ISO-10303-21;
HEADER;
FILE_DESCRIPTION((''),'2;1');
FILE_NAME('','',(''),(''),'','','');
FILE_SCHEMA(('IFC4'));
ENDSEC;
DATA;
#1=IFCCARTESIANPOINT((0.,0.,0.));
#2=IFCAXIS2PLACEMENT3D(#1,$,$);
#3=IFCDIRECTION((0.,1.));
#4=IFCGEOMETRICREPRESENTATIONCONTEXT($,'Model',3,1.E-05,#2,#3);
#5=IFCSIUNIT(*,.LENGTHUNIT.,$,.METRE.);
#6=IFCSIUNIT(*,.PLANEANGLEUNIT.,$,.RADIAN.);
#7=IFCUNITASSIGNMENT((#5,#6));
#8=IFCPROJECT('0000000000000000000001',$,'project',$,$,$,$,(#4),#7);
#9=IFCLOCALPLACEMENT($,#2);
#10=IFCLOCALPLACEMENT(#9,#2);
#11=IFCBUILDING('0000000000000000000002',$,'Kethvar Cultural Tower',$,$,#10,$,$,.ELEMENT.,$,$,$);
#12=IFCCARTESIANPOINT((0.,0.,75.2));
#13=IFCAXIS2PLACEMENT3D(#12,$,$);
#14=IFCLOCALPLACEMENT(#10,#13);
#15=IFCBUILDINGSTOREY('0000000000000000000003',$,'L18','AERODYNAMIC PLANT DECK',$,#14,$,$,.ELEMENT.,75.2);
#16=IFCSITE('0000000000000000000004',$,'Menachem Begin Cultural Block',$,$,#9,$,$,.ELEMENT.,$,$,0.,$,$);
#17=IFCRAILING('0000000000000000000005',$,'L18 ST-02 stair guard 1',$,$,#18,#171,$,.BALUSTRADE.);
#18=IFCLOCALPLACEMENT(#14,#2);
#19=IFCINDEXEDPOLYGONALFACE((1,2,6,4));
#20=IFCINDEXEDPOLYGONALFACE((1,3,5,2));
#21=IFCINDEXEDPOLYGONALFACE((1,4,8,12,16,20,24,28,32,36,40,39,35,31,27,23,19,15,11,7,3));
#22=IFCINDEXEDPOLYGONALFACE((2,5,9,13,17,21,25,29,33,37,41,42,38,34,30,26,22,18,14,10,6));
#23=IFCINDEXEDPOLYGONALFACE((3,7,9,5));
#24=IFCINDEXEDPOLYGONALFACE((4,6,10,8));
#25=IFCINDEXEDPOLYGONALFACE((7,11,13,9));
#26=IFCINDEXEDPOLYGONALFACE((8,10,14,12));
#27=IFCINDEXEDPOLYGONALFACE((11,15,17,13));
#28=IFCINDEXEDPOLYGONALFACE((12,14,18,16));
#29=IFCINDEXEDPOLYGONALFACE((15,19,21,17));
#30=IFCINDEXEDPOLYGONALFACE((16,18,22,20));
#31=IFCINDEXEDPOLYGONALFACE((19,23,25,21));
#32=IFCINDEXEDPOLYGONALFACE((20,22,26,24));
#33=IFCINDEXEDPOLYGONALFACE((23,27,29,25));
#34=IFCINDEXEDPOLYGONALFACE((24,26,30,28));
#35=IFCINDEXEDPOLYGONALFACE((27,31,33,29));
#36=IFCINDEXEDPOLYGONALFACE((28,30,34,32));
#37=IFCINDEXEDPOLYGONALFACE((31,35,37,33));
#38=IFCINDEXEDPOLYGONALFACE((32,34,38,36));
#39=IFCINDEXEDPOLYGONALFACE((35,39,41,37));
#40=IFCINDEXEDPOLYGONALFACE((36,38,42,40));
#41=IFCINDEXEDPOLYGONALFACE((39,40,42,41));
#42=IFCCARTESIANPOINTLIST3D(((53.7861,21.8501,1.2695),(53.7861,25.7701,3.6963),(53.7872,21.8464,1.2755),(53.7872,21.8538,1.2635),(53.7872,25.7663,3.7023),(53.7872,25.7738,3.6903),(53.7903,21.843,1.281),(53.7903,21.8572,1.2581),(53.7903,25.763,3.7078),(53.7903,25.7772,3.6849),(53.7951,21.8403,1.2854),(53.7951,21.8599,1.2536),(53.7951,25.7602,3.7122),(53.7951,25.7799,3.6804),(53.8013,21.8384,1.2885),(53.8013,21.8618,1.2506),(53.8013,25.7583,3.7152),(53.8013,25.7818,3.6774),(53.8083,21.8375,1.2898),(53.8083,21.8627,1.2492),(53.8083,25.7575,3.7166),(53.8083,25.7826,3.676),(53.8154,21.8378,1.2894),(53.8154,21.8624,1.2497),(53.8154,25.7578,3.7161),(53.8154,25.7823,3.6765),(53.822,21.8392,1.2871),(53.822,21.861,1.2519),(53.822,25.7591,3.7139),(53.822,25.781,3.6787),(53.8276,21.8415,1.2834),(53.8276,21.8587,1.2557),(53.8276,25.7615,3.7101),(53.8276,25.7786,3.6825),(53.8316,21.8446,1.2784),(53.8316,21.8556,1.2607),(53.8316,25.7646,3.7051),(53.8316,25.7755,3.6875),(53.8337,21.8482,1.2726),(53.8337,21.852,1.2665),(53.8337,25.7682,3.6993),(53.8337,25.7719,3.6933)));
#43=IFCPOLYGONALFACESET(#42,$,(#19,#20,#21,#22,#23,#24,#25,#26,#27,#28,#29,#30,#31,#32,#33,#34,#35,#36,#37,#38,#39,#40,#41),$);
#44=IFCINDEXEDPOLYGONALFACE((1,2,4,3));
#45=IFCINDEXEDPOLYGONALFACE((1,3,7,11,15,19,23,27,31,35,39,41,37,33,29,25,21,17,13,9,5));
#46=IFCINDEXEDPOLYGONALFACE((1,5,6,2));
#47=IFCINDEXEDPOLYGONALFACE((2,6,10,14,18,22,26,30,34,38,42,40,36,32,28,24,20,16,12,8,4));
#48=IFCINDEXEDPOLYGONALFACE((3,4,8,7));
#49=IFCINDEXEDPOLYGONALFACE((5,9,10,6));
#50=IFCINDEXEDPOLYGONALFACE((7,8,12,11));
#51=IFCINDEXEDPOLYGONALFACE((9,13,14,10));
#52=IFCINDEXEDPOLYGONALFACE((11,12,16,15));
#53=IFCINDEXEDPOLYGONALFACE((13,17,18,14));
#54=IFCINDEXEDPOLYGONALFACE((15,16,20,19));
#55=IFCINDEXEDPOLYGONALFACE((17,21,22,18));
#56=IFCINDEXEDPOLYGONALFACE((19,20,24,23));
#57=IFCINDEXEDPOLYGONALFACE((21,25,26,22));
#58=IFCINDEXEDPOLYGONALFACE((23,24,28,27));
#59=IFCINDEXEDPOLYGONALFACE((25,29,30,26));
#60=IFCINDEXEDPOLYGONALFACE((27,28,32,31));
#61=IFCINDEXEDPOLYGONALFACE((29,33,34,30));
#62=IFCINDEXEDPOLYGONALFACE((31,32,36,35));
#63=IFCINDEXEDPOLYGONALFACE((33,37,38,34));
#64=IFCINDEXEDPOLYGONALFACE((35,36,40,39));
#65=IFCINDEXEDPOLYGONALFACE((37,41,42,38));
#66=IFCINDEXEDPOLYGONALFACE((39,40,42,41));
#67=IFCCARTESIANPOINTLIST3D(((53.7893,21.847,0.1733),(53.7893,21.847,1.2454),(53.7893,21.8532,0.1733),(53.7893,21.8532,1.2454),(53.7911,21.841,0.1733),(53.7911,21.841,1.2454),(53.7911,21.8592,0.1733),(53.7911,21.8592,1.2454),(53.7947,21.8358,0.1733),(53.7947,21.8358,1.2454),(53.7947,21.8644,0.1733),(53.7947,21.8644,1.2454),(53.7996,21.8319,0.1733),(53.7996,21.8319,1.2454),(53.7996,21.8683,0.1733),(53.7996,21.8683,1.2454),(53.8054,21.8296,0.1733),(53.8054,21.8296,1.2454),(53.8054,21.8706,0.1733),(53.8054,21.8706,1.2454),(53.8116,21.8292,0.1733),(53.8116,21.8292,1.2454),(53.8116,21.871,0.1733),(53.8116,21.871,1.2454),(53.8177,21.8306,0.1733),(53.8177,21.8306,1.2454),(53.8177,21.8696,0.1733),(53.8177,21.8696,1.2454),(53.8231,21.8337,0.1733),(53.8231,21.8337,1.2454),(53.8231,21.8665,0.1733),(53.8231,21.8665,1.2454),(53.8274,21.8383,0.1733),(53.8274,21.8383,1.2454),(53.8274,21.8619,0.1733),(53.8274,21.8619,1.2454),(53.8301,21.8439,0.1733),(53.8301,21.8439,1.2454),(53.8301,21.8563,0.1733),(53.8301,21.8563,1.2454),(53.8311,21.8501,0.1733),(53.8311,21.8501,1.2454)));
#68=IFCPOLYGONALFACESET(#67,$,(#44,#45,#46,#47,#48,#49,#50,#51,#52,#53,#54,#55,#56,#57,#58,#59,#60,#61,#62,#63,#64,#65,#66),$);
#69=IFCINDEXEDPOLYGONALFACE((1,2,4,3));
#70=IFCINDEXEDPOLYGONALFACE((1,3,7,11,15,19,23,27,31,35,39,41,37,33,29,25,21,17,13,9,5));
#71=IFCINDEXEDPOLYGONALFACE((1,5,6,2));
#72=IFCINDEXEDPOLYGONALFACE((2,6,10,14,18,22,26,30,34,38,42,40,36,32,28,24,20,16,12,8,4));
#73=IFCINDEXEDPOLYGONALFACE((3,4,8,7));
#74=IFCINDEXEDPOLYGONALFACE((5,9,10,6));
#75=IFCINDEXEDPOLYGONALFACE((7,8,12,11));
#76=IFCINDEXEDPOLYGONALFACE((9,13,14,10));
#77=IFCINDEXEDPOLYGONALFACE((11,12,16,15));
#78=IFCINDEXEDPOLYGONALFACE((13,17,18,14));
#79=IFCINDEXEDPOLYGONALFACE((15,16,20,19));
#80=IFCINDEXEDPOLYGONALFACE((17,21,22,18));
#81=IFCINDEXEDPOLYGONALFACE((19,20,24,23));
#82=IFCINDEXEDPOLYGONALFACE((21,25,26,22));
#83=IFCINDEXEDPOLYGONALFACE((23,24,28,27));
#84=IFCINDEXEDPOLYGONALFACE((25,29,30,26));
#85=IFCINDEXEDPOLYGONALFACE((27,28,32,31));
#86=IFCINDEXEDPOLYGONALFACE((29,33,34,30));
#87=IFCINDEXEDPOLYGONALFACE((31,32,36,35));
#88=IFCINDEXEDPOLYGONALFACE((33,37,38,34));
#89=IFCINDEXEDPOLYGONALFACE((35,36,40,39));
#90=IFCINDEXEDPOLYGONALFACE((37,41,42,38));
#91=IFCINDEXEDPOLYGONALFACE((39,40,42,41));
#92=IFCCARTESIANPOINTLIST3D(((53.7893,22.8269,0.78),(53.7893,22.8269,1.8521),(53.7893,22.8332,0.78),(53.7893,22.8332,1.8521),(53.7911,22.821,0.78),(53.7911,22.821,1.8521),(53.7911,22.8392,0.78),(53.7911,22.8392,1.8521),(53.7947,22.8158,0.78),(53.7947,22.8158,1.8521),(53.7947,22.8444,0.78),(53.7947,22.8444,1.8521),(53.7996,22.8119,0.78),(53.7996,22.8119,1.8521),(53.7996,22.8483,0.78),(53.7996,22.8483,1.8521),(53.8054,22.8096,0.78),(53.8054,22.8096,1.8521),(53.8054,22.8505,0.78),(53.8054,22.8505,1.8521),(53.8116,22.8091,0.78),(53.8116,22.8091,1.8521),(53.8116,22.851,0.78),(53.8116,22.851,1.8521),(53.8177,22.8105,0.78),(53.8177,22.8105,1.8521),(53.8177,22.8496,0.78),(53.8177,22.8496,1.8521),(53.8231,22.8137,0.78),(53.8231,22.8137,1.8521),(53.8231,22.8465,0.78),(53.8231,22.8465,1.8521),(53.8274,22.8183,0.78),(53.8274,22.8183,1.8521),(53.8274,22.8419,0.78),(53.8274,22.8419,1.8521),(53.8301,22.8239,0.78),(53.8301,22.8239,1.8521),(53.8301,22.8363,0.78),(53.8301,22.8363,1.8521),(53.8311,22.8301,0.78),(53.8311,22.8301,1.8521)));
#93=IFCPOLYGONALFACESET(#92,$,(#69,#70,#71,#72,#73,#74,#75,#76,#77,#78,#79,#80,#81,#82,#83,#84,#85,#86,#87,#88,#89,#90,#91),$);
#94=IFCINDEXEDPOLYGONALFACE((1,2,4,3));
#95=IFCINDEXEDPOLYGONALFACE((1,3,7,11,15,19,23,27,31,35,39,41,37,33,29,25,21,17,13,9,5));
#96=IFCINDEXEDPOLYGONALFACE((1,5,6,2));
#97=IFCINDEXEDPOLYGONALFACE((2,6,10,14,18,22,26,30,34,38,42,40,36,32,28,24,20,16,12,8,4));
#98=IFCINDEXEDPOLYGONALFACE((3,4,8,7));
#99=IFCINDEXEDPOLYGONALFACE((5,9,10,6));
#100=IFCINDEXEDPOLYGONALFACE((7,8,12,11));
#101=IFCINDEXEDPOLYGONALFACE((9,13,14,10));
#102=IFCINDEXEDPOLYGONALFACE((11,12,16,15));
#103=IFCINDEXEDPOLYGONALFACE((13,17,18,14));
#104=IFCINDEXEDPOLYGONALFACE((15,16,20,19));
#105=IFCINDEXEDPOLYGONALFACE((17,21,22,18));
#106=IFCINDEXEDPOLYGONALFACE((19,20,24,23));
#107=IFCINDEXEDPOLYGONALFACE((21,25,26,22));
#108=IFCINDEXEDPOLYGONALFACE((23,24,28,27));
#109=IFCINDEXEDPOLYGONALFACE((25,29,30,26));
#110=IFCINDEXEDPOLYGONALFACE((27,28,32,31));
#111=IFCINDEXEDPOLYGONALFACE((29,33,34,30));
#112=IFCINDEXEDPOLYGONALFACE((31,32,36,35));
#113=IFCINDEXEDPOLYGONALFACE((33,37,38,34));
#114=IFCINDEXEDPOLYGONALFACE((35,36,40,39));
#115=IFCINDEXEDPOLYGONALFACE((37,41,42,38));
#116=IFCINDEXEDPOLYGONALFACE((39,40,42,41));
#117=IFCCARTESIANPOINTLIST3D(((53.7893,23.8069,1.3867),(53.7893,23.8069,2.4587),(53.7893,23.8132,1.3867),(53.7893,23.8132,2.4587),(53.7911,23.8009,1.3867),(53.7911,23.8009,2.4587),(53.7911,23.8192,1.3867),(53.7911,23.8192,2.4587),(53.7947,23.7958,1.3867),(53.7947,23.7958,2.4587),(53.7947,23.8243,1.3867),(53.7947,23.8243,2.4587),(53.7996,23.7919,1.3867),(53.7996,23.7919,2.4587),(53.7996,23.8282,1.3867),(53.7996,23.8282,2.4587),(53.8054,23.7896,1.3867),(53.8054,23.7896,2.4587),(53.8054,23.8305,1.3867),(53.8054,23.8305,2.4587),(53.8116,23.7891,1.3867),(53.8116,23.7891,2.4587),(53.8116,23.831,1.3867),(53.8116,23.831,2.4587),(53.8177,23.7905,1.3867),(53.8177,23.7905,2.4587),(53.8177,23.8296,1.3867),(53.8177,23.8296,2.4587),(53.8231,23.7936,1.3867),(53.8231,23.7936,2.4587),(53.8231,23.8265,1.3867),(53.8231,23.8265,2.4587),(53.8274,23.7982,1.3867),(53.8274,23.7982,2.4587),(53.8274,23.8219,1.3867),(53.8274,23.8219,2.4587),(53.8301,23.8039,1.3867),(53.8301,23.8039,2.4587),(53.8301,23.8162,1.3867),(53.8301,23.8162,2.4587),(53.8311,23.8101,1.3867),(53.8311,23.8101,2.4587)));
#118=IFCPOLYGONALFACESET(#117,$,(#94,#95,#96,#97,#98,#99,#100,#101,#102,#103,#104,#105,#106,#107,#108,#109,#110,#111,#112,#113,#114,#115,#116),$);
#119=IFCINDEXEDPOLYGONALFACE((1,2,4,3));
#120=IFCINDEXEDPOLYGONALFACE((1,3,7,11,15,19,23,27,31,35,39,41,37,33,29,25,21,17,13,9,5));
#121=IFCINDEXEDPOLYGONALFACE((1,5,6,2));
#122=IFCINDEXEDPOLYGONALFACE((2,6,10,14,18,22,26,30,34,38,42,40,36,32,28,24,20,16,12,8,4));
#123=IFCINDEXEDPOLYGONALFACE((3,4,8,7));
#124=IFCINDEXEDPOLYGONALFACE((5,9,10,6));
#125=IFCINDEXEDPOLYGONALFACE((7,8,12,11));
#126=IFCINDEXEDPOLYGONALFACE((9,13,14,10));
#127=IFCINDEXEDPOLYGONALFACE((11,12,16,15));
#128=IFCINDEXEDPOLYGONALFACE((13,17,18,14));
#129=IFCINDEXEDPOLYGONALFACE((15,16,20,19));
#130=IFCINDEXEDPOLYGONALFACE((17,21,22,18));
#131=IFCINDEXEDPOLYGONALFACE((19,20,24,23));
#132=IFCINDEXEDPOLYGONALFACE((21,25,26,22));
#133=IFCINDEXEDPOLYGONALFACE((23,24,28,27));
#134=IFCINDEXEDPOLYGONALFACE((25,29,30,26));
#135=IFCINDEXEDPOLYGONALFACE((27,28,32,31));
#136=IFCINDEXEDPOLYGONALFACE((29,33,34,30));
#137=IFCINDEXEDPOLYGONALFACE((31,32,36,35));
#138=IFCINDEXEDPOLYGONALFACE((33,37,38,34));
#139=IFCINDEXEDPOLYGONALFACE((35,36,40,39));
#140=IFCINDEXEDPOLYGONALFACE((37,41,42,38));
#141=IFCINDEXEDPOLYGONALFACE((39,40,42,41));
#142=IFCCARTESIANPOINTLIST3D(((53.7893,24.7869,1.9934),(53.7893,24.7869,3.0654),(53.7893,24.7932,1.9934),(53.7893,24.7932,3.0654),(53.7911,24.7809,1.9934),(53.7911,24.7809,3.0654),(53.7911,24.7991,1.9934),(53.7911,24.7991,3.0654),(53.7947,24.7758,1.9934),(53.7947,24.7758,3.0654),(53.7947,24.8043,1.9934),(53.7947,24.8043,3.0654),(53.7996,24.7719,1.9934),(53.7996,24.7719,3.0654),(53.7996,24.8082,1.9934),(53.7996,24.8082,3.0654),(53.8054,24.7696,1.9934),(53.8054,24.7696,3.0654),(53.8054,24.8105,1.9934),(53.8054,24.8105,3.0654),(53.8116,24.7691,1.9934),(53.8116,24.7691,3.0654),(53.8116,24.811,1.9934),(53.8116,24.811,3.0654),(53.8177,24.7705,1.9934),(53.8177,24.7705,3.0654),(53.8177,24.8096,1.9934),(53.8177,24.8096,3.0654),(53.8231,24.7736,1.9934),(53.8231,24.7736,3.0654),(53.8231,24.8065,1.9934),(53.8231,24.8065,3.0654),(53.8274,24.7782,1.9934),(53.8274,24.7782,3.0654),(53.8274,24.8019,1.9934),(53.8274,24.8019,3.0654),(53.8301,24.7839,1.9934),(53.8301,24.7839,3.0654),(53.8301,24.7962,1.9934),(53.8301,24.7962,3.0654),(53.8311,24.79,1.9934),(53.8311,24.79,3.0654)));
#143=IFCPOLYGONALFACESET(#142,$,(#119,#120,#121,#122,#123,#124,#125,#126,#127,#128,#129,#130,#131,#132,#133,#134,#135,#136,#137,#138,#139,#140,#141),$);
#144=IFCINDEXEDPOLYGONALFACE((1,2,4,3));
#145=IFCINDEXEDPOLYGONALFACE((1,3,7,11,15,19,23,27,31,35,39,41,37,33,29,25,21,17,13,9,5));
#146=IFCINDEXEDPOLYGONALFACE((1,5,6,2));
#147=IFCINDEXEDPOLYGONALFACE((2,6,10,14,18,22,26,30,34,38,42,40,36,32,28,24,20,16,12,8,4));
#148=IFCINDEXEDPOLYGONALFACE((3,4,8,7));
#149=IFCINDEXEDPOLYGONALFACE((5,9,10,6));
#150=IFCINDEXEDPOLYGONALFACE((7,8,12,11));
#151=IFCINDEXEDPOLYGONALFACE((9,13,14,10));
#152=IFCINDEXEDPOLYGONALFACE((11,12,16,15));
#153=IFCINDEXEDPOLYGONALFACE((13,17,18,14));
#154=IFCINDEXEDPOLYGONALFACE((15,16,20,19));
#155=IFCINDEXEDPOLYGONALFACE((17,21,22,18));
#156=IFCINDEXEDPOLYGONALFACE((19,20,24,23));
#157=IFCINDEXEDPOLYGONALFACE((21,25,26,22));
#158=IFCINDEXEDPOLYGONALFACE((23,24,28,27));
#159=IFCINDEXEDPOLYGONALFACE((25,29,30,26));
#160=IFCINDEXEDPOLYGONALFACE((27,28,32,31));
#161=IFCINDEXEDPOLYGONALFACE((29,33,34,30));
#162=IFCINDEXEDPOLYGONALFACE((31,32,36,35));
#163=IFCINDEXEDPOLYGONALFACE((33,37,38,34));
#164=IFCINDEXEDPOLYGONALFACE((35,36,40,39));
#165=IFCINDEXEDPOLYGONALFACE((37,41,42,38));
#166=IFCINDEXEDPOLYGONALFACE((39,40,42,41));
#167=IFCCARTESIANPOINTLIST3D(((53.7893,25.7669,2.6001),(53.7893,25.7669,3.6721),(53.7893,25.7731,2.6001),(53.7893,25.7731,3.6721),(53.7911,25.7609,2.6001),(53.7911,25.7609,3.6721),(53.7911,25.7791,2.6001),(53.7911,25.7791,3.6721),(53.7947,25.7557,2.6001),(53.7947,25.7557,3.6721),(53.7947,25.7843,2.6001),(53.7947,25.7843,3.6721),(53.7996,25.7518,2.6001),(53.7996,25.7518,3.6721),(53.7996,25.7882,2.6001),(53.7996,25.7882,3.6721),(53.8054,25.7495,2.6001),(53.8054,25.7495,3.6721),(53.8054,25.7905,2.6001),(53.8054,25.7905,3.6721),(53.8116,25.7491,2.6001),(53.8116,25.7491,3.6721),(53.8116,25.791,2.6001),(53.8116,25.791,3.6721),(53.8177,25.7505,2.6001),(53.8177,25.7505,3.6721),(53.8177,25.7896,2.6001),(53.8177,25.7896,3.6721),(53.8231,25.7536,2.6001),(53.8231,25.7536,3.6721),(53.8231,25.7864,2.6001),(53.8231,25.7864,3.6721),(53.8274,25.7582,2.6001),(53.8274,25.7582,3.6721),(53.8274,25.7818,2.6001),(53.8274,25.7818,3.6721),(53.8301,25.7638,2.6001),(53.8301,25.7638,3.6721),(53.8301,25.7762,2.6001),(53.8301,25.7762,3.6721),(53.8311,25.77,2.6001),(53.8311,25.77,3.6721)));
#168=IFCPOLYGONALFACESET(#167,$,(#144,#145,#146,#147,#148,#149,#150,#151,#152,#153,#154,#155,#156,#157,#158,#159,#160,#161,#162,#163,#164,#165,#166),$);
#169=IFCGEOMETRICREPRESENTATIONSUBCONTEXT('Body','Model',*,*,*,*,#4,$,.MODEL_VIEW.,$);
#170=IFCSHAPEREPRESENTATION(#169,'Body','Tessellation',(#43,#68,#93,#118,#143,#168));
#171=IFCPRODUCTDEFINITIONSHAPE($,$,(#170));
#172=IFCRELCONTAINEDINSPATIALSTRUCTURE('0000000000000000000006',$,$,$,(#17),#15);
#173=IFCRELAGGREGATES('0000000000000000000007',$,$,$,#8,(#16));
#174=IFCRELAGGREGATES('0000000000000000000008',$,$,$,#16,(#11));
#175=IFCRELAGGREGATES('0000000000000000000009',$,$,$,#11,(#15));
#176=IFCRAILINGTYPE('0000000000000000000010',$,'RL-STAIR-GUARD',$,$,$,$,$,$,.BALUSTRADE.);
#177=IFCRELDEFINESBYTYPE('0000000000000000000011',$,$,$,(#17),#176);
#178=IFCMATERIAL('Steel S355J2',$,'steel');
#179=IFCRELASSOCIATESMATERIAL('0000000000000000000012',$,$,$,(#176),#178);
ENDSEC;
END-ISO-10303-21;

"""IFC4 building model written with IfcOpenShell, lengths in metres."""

from ifc_helpers import new_model, si_unit, direction, frame, origin, origin_2d, place, context, subcontext, project, spatial, circle, extrude, material, type_object, element, save


model = new_model("IFC4")

# Units and contexts
model_context = context("Model", 3, precision=1e-05, world=origin(), true_north=direction((0.0, 1.0)))
body_context = subcontext(model_context, "Body", "Model", "MODEL_VIEW")
ifc_project = project(units=[si_unit("LENGTHUNIT", "METRE"), si_unit("PLANEANGLEUNIT", "RADIAN")], contexts=[model_context])

# Site, building, storey
site_placement = place(None, origin())
site = spatial("IfcSite", under=ifc_project, at=site_placement, Name="Menachem Begin Cultural Block", CompositionType="ELEMENT", RefElevation=0.0)
building_placement = place(site_placement, origin())
building = spatial("IfcBuilding", under=site, at=building_placement, Name="Kethvar Cultural Tower", CompositionType="ELEMENT")
storey_placement = place(building_placement, frame((0.0, 0.0, 75.2)))
storey = spatial("IfcBuildingStorey", under=building, at=storey_placement, Name="L18", Description="AERODYNAMIC PLANT DECK", CompositionType="ELEMENT", Elevation=75.2)

# Shared definitions
ifc_material_1 = material(Name="Steel S355J2", Category="steel")

# Railing
railing_type_1 = type_object("IfcRailingType", Name="RL-STAIR-GUARD", PredefinedType="BALUSTRADE", material=ifc_material_1)
railing_1_placement = place(storey_placement, frame((53.8101, 21.8501, 0.1733)))
element("IfcRailing", 1, at=railing_1_placement, inside=storey, type_object=railing_type_1, Name="L18 ST-02 stair guard 1", PredefinedType="BALUSTRADE", context=body_context, shape_type="SweptSolid", body=[
    extrude(circle(Radius=0.0239, at=origin_2d()), frame((0.0, 0.0, 1.0962), z_axis=(0.0, 0.850252, 0.526376), x_axis=(-1.0, 0.0, 0.0)), (0.0, 0.0, 1.0), 4.6104),
    extrude(circle(Radius=0.021, at=origin_2d()), origin(), (0.0, 0.0, 1.0), 1.072),
    extrude(circle(Radius=0.021, at=origin_2d()), frame((0.0, 0.98, 0.6067)), (0.0, 0.0, 1.0), 1.072),
    extrude(circle(Radius=0.021, at=origin_2d()), frame((0.0, 1.96, 1.2134)), (0.0, 0.0, 1.0), 1.072),
    extrude(circle(Radius=0.021, at=origin_2d()), frame((0.0, 2.9399, 1.8201)), (0.0, 0.0, 1.0), 1.072),
    extrude(circle(Radius=0.021, at=origin_2d()), frame((0.0, 3.9199, 2.4268)), (0.0, 0.0, 1.0), 1.072),
])

save(model, "model.ifc")
